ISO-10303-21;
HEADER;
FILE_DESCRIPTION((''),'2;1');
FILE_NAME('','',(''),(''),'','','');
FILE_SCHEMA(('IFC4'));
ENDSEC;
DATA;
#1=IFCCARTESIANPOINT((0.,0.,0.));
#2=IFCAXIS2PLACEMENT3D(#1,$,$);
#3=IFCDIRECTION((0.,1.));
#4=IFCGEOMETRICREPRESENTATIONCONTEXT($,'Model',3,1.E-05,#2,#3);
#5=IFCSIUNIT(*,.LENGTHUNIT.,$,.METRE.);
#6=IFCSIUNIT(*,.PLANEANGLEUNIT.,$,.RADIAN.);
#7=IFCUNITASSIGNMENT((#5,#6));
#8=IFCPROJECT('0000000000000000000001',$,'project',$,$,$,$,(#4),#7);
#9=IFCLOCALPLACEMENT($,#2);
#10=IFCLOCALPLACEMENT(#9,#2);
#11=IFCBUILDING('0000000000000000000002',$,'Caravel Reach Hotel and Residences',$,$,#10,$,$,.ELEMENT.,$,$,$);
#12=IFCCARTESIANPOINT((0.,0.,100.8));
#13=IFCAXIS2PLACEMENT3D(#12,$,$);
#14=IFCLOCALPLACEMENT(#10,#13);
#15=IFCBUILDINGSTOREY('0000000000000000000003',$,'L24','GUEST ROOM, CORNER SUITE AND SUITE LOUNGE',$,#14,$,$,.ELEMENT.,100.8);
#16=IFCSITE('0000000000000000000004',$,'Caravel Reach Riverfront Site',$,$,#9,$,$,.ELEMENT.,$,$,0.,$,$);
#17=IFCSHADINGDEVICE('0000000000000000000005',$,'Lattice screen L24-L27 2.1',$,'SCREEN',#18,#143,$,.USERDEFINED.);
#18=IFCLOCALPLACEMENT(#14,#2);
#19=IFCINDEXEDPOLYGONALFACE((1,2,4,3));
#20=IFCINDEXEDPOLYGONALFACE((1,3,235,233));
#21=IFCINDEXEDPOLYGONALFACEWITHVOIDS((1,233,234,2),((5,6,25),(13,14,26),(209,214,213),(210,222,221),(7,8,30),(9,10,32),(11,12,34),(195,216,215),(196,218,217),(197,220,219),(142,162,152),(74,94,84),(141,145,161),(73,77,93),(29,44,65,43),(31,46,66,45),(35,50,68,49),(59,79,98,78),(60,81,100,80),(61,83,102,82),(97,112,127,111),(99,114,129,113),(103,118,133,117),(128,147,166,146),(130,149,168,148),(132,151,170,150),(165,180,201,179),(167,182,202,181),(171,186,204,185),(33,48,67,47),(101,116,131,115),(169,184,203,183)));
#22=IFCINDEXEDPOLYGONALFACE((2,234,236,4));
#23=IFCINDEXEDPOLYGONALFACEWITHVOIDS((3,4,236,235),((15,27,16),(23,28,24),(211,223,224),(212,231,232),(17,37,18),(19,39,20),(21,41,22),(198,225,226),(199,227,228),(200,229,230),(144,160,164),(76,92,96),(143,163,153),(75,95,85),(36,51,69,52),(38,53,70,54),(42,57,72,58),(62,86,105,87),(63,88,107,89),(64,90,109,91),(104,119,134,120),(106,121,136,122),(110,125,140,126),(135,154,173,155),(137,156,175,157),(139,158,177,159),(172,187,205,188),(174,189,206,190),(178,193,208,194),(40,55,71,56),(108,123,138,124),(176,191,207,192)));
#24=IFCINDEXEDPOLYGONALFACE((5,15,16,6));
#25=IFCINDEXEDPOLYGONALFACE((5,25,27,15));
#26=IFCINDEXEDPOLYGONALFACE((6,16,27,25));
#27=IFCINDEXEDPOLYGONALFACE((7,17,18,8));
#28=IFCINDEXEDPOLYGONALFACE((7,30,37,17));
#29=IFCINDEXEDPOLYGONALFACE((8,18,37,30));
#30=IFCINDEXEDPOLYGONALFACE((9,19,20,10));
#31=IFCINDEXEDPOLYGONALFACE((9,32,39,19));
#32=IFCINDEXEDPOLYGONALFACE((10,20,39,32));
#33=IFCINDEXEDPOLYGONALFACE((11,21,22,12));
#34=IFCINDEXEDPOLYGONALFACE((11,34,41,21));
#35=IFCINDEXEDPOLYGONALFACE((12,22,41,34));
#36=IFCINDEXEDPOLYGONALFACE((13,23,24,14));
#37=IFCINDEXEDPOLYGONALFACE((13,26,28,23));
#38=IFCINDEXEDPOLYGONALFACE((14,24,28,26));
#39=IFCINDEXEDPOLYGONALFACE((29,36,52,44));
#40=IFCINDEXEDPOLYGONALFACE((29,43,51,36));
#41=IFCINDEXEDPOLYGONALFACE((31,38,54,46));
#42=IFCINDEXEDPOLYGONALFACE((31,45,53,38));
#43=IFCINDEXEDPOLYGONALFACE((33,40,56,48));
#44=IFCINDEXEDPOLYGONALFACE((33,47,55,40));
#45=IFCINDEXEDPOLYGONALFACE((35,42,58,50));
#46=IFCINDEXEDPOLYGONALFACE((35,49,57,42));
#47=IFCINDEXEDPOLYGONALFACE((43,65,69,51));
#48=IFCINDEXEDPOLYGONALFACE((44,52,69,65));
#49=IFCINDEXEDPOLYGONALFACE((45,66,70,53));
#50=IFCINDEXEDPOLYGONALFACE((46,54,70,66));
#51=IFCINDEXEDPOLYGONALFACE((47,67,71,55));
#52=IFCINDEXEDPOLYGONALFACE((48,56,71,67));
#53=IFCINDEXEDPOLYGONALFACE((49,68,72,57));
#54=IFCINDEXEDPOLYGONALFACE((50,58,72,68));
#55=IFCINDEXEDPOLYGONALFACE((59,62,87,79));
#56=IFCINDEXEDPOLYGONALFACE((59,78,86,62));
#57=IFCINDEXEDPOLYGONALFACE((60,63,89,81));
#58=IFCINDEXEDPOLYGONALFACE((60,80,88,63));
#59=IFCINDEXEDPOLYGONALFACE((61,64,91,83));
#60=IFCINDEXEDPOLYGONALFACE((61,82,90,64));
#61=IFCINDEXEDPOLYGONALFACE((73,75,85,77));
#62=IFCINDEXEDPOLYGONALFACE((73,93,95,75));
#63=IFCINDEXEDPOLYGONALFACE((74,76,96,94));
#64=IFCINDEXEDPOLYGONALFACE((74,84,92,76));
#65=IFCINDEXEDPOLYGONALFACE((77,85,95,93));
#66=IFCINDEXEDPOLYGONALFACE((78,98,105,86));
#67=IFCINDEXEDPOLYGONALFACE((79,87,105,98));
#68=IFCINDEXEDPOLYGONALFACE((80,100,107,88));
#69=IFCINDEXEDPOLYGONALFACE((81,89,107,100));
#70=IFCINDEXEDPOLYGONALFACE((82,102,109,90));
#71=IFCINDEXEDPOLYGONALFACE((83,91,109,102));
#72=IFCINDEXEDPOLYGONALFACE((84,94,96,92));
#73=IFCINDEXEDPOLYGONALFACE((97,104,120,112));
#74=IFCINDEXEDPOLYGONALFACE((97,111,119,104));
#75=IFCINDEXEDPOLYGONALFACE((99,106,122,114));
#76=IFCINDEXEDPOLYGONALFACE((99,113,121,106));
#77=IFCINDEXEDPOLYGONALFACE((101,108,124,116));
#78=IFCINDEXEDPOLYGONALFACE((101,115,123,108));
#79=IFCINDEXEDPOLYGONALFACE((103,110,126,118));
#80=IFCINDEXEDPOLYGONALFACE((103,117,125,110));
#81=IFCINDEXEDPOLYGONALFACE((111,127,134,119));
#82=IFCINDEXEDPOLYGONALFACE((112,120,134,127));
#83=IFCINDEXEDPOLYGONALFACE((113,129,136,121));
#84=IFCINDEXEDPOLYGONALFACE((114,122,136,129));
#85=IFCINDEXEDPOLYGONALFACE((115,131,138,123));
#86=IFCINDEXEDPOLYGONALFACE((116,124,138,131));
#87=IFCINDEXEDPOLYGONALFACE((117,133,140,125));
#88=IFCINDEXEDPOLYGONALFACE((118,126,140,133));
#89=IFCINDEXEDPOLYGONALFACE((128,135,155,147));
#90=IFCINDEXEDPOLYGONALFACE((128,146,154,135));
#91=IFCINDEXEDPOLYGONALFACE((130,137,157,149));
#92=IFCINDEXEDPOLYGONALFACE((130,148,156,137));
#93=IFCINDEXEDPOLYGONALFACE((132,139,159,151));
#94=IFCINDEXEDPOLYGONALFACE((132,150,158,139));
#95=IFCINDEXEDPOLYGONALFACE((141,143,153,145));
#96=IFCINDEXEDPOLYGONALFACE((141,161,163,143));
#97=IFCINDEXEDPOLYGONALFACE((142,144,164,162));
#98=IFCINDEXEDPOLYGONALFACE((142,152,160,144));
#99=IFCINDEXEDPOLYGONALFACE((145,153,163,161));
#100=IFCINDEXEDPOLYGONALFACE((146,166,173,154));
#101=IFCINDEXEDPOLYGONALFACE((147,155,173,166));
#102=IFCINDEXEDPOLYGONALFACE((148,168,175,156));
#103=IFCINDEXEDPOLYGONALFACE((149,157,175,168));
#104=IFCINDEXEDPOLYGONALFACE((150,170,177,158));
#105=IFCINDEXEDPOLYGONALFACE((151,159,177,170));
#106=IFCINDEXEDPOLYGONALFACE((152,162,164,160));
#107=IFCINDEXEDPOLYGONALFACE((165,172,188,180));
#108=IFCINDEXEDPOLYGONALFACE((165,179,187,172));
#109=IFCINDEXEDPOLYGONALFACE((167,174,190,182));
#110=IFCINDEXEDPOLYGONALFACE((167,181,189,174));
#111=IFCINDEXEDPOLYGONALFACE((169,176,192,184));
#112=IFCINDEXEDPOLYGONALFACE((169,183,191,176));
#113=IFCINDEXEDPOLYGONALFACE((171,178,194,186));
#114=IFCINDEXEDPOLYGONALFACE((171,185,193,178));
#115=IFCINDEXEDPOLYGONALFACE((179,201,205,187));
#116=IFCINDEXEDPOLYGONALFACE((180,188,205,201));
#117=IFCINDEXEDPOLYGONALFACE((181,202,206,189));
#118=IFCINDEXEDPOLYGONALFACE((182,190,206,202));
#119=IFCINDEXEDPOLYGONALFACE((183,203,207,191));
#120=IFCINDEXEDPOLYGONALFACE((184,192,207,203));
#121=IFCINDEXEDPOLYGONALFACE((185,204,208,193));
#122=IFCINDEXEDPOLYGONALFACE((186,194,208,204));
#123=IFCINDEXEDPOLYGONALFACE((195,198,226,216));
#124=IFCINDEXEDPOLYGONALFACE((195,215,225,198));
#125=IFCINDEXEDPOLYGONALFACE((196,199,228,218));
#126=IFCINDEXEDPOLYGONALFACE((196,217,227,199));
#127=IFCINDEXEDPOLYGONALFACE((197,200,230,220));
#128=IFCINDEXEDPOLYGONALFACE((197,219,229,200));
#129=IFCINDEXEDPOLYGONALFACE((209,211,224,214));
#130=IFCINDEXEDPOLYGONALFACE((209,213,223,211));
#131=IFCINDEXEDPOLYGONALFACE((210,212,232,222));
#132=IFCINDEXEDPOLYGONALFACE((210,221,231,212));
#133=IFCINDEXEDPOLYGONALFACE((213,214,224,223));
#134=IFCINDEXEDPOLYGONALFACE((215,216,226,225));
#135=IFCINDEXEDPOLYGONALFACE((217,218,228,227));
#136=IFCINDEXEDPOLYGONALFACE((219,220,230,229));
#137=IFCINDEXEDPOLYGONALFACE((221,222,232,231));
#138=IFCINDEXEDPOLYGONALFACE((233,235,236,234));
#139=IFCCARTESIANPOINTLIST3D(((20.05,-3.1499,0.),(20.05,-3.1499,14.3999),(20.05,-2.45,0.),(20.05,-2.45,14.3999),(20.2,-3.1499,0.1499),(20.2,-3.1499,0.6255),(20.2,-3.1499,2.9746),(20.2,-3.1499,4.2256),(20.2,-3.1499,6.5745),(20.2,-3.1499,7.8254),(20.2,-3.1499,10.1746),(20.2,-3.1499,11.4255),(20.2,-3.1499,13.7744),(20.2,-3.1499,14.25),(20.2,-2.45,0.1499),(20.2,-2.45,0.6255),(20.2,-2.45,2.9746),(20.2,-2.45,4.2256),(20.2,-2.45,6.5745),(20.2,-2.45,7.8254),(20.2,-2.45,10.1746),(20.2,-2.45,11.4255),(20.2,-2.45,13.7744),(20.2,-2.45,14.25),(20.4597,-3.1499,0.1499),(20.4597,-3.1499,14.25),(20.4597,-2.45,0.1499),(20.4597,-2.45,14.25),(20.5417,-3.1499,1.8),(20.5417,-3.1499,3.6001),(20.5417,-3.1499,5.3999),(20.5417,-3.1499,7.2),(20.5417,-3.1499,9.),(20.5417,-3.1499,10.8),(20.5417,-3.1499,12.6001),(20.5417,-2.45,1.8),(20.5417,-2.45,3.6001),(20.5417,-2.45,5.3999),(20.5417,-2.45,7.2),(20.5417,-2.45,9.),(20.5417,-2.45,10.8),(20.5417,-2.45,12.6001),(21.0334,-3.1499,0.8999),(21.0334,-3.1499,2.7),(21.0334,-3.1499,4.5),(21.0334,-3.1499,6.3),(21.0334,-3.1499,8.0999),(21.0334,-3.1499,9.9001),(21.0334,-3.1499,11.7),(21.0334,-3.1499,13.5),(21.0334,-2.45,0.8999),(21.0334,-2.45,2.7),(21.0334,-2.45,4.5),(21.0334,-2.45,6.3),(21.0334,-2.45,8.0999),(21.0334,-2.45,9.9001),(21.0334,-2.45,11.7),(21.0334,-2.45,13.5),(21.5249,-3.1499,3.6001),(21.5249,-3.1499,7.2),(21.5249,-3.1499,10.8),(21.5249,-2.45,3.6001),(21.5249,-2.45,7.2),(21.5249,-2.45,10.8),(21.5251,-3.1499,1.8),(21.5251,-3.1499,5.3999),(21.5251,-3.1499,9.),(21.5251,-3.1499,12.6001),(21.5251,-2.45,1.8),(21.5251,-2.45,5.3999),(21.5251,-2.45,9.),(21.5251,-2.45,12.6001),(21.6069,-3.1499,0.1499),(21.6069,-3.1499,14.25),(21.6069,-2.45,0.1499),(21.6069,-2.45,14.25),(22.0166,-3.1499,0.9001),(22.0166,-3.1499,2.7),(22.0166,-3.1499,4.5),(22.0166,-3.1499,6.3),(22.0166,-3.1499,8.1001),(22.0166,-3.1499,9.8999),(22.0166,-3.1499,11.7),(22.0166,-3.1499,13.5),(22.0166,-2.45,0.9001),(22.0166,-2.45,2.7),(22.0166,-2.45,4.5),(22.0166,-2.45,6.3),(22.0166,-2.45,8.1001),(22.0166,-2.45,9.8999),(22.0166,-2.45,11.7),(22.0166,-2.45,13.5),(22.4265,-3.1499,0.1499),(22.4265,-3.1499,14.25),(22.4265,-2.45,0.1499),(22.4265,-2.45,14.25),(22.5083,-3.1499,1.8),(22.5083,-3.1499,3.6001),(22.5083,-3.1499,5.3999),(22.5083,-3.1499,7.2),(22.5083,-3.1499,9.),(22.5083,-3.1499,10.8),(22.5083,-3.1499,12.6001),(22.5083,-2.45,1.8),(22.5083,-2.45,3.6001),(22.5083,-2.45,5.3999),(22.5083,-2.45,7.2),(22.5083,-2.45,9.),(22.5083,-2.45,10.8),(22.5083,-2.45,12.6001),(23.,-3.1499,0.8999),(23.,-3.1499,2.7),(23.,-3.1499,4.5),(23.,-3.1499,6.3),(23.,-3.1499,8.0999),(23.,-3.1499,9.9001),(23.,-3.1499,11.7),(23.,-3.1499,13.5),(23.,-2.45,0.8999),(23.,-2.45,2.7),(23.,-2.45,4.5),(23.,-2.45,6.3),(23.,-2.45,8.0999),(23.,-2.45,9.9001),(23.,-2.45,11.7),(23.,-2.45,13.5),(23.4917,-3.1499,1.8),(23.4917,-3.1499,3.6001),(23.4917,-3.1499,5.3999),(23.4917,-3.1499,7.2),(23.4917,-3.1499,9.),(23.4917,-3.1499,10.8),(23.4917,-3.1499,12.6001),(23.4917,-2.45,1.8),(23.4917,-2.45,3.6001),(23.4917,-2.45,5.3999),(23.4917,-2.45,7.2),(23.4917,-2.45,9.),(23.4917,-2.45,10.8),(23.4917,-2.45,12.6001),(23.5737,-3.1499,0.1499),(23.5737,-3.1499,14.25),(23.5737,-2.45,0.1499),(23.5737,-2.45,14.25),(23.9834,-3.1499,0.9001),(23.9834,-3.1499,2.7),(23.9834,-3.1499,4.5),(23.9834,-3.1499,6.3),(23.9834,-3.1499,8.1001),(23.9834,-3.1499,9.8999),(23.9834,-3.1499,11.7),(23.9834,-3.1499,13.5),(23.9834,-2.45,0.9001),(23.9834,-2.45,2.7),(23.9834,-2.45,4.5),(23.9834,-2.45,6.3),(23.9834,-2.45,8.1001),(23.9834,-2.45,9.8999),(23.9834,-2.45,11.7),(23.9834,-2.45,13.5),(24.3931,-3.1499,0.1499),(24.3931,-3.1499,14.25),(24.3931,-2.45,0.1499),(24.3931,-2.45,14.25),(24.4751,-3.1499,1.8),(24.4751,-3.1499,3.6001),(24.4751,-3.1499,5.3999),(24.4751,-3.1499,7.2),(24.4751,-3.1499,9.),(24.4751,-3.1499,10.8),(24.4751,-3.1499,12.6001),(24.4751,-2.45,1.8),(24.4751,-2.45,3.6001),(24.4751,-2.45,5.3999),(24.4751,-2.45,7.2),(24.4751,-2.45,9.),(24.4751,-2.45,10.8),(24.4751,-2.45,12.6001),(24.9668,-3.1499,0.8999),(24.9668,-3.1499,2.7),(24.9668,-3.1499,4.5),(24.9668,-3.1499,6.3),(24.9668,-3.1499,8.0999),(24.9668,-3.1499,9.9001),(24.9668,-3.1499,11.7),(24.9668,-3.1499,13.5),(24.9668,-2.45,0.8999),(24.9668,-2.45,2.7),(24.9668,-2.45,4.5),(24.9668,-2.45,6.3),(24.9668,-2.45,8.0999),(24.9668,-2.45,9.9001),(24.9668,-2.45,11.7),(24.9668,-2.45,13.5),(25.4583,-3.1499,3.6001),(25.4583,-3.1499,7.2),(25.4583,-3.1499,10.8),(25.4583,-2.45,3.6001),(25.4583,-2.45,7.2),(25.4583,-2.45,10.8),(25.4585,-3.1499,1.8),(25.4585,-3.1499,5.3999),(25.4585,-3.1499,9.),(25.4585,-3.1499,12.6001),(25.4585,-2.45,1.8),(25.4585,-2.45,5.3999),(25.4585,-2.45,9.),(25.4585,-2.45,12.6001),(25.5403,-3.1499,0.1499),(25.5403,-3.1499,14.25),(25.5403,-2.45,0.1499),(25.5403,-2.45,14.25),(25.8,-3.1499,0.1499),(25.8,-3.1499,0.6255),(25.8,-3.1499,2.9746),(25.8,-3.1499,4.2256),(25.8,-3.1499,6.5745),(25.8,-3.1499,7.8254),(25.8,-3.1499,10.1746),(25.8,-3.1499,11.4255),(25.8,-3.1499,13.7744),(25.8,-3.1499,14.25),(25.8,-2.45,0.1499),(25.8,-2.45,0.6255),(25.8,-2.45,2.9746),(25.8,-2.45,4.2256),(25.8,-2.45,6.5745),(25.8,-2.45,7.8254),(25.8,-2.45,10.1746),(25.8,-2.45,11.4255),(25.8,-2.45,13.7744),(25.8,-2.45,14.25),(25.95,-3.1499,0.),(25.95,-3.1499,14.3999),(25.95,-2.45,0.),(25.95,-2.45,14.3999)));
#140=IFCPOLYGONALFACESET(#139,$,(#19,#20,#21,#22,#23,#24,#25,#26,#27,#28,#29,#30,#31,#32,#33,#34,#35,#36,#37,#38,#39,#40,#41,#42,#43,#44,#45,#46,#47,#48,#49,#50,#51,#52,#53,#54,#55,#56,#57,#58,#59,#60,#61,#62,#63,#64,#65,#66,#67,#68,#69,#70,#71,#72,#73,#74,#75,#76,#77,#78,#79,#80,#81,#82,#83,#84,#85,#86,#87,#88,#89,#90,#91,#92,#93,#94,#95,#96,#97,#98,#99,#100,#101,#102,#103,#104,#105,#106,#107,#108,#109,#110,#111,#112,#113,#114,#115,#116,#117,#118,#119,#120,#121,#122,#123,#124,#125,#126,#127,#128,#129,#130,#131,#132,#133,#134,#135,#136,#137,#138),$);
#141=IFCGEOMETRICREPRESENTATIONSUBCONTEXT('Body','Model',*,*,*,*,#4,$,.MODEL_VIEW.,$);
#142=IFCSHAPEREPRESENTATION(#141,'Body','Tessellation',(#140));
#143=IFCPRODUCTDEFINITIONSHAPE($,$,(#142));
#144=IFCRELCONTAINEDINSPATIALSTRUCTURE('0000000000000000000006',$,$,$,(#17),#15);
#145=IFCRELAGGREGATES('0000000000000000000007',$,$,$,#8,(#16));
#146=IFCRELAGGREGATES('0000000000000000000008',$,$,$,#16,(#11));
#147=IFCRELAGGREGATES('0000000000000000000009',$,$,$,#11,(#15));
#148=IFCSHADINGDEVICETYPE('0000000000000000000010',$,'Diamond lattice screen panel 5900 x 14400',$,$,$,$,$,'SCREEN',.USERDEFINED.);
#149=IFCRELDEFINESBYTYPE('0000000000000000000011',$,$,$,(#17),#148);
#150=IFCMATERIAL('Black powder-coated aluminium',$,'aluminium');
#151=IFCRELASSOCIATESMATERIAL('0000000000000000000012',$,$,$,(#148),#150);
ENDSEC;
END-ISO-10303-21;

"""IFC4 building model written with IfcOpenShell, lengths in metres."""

from ifc_helpers import new_model, si_unit, direction, frame, origin, place, context, subcontext, project, spatial, polyline, outline, extrude, material, type_object, element, save


model = new_model("IFC4")

# Units and contexts
model_context = context("Model", 3, precision=1e-05, world=origin(), true_north=direction((0.0, 1.0)))
body_context = subcontext(model_context, "Body", "Model", "MODEL_VIEW")
ifc_project = project(units=[si_unit("LENGTHUNIT", "METRE"), si_unit("PLANEANGLEUNIT", "RADIAN")], contexts=[model_context])

# Site, building, storey
site_placement = place(None, origin())
site = spatial("IfcSite", under=ifc_project, at=site_placement, Name="Caravel Reach Riverfront Site", CompositionType="ELEMENT", RefElevation=0.0)
building_placement = place(site_placement, origin())
building = spatial("IfcBuilding", under=site, at=building_placement, Name="Caravel Reach Hotel and Residences", CompositionType="ELEMENT")
storey_placement = place(building_placement, frame((0.0, 0.0, 100.8)))
storey = spatial("IfcBuildingStorey", under=building, at=storey_placement, Name="L24", Description="GUEST ROOM, CORNER SUITE AND SUITE LOUNGE", CompositionType="ELEMENT", Elevation=100.8)

# Shading device
ifc_material_1 = material(Name="Black powder-coated aluminium", Category="aluminium")
shading_device_type_1 = type_object("IfcShadingDeviceType", Name="Diamond lattice screen panel 5900 x 14400", ElementType="SCREEN", PredefinedType="USERDEFINED", material=ifc_material_1)
shading_device_1_placement = place(storey_placement, frame((20.05, -2.45, 0.0), z_axis=(0.0, -1.0, 0.0), x_axis=(1.0, 0.0, 0.0)))
element("IfcShadingDevice", 1, at=shading_device_1_placement, inside=storey, type_object=shading_device_type_1, Name="Lattice screen L24-L27 2.1", ObjectType="SCREEN", PredefinedType="USERDEFINED", context=body_context, shape_type="SweptSolid", body=[
    extrude(outline(polyline([(0.0, 0.0), (5.8999, 0.0), (5.8999, 14.3999), (0.0, 14.3999), (0.0, 0.0)]), holes=[polyline([(0.4097, 0.1499), (0.1499, 0.6255), (0.1499, 0.1499), (0.4097, 0.1499)]), polyline([(0.4917, 3.6001), (0.1499, 4.2256), (0.1499, 2.9746), (0.4917, 3.6001)]), polyline([(0.4917, 7.2), (0.1499, 7.8254), (0.1499, 6.5745), (0.4917, 7.2)]), polyline([(0.4917, 10.8), (0.1499, 11.4255), (0.1499, 10.1746), (0.4917, 10.8)]), polyline([(0.1499, 13.7744), (0.4097, 14.25), (0.1499, 14.25), (0.1499, 13.7744)]), polyline([(0.9834, 2.7), (0.4917, 1.8), (0.9834, 0.8999), (1.4751, 1.8), (0.9834, 2.7)]), polyline([(0.9834, 6.3), (0.4917, 5.3999), (0.9834, 4.5), (1.4751, 5.3999), (0.9834, 6.3)]), polyline([(0.9834, 9.9001), (0.4917, 9.0), (0.9834, 8.0999), (1.4751, 9.0), (0.9834, 9.9001)]), polyline([(0.9834, 13.5), (0.4917, 12.6001), (0.9834, 11.7), (1.4751, 12.6001), (0.9834, 13.5)]), polyline([(1.9666, 0.9001), (1.5569, 0.1499), (2.3765, 0.1499), (1.9666, 0.9001)]), polyline([(1.9666, 4.5), (1.4749, 3.6001), (1.9666, 2.7), (2.4583, 3.6001), (1.9666, 4.5)]), polyline([(1.9666, 8.1001), (1.4749, 7.2), (1.9666, 6.3), (2.4583, 7.2), (1.9666, 8.1001)]), polyline([(1.9666, 11.7), (1.4749, 10.8), (1.9666, 9.8999), (2.4583, 10.8), (1.9666, 11.7)]), polyline([(1.9666, 13.5), (2.3765, 14.25), (1.5569, 14.25), (1.9666, 13.5)]), polyline([(2.95, 2.7), (2.4583, 1.8), (2.95, 0.8999), (3.4417, 1.8), (2.95, 2.7)]), polyline([(2.95, 6.3), (2.4583, 5.3999), (2.95, 4.5), (3.4417, 5.3999), (2.95, 6.3)]), polyline([(2.95, 9.9001), (2.4583, 9.0), (2.95, 8.0999), (3.4417, 9.0), (2.95, 9.9001)]), polyline([(2.95, 13.5), (2.4583, 12.6001), (2.95, 11.7), (3.4417, 12.6001), (2.95, 13.5)]), polyline([(3.9333, 0.9001), (3.5237, 0.1499), (4.343, 0.1499), (3.9333, 0.9001)]), polyline([(3.9333, 4.5), (3.4417, 3.6001), (3.9333, 2.7), (4.425, 3.6001), (3.9333, 4.5)]), polyline([(3.9333, 8.1001), (3.4417, 7.2), (3.9333, 6.3), (4.425, 7.2), (3.9333, 8.1001)]), polyline([(3.9333, 11.7), (3.4417, 10.8), (3.9333, 9.8999), (4.425, 10.8), (3.9333, 11.7)]), polyline([(3.9333, 13.5), (4.343, 14.25), (3.5237, 14.25), (3.9333, 13.5)]), polyline([(4.9167, 2.7), (4.425, 1.8), (4.9167, 0.8999), (5.4084, 1.8), (4.9167, 2.7)]), polyline([(4.9167, 6.3), (4.425, 5.3999), (4.9167, 4.5), (5.4084, 5.3999), (4.9167, 6.3)]), polyline([(4.9167, 9.9001), (4.425, 9.0), (4.9167, 8.0999), (5.4084, 9.0), (4.9167, 9.9001)]), polyline([(4.9167, 13.5), (4.425, 12.6001), (4.9167, 11.7), (5.4084, 12.6001), (4.9167, 13.5)]), polyline([(5.75, 0.6255), (5.4902, 0.1499), (5.75, 0.1499), (5.75, 0.6255)]), polyline([(5.4082, 3.6001), (5.75, 2.9746), (5.75, 4.2256), (5.4082, 3.6001)]), polyline([(5.4082, 7.2), (5.75, 6.5745), (5.75, 7.8254), (5.4082, 7.2)]), polyline([(5.4082, 10.8), (5.75, 10.1746), (5.75, 11.4255), (5.4082, 10.8)]), polyline([(5.4902, 14.25), (5.75, 13.7744), (5.75, 14.25), (5.4902, 14.25)])]), origin(), (0.0, 0.0, 1.0), 0.7),
])

save(model, "model.ifc")
